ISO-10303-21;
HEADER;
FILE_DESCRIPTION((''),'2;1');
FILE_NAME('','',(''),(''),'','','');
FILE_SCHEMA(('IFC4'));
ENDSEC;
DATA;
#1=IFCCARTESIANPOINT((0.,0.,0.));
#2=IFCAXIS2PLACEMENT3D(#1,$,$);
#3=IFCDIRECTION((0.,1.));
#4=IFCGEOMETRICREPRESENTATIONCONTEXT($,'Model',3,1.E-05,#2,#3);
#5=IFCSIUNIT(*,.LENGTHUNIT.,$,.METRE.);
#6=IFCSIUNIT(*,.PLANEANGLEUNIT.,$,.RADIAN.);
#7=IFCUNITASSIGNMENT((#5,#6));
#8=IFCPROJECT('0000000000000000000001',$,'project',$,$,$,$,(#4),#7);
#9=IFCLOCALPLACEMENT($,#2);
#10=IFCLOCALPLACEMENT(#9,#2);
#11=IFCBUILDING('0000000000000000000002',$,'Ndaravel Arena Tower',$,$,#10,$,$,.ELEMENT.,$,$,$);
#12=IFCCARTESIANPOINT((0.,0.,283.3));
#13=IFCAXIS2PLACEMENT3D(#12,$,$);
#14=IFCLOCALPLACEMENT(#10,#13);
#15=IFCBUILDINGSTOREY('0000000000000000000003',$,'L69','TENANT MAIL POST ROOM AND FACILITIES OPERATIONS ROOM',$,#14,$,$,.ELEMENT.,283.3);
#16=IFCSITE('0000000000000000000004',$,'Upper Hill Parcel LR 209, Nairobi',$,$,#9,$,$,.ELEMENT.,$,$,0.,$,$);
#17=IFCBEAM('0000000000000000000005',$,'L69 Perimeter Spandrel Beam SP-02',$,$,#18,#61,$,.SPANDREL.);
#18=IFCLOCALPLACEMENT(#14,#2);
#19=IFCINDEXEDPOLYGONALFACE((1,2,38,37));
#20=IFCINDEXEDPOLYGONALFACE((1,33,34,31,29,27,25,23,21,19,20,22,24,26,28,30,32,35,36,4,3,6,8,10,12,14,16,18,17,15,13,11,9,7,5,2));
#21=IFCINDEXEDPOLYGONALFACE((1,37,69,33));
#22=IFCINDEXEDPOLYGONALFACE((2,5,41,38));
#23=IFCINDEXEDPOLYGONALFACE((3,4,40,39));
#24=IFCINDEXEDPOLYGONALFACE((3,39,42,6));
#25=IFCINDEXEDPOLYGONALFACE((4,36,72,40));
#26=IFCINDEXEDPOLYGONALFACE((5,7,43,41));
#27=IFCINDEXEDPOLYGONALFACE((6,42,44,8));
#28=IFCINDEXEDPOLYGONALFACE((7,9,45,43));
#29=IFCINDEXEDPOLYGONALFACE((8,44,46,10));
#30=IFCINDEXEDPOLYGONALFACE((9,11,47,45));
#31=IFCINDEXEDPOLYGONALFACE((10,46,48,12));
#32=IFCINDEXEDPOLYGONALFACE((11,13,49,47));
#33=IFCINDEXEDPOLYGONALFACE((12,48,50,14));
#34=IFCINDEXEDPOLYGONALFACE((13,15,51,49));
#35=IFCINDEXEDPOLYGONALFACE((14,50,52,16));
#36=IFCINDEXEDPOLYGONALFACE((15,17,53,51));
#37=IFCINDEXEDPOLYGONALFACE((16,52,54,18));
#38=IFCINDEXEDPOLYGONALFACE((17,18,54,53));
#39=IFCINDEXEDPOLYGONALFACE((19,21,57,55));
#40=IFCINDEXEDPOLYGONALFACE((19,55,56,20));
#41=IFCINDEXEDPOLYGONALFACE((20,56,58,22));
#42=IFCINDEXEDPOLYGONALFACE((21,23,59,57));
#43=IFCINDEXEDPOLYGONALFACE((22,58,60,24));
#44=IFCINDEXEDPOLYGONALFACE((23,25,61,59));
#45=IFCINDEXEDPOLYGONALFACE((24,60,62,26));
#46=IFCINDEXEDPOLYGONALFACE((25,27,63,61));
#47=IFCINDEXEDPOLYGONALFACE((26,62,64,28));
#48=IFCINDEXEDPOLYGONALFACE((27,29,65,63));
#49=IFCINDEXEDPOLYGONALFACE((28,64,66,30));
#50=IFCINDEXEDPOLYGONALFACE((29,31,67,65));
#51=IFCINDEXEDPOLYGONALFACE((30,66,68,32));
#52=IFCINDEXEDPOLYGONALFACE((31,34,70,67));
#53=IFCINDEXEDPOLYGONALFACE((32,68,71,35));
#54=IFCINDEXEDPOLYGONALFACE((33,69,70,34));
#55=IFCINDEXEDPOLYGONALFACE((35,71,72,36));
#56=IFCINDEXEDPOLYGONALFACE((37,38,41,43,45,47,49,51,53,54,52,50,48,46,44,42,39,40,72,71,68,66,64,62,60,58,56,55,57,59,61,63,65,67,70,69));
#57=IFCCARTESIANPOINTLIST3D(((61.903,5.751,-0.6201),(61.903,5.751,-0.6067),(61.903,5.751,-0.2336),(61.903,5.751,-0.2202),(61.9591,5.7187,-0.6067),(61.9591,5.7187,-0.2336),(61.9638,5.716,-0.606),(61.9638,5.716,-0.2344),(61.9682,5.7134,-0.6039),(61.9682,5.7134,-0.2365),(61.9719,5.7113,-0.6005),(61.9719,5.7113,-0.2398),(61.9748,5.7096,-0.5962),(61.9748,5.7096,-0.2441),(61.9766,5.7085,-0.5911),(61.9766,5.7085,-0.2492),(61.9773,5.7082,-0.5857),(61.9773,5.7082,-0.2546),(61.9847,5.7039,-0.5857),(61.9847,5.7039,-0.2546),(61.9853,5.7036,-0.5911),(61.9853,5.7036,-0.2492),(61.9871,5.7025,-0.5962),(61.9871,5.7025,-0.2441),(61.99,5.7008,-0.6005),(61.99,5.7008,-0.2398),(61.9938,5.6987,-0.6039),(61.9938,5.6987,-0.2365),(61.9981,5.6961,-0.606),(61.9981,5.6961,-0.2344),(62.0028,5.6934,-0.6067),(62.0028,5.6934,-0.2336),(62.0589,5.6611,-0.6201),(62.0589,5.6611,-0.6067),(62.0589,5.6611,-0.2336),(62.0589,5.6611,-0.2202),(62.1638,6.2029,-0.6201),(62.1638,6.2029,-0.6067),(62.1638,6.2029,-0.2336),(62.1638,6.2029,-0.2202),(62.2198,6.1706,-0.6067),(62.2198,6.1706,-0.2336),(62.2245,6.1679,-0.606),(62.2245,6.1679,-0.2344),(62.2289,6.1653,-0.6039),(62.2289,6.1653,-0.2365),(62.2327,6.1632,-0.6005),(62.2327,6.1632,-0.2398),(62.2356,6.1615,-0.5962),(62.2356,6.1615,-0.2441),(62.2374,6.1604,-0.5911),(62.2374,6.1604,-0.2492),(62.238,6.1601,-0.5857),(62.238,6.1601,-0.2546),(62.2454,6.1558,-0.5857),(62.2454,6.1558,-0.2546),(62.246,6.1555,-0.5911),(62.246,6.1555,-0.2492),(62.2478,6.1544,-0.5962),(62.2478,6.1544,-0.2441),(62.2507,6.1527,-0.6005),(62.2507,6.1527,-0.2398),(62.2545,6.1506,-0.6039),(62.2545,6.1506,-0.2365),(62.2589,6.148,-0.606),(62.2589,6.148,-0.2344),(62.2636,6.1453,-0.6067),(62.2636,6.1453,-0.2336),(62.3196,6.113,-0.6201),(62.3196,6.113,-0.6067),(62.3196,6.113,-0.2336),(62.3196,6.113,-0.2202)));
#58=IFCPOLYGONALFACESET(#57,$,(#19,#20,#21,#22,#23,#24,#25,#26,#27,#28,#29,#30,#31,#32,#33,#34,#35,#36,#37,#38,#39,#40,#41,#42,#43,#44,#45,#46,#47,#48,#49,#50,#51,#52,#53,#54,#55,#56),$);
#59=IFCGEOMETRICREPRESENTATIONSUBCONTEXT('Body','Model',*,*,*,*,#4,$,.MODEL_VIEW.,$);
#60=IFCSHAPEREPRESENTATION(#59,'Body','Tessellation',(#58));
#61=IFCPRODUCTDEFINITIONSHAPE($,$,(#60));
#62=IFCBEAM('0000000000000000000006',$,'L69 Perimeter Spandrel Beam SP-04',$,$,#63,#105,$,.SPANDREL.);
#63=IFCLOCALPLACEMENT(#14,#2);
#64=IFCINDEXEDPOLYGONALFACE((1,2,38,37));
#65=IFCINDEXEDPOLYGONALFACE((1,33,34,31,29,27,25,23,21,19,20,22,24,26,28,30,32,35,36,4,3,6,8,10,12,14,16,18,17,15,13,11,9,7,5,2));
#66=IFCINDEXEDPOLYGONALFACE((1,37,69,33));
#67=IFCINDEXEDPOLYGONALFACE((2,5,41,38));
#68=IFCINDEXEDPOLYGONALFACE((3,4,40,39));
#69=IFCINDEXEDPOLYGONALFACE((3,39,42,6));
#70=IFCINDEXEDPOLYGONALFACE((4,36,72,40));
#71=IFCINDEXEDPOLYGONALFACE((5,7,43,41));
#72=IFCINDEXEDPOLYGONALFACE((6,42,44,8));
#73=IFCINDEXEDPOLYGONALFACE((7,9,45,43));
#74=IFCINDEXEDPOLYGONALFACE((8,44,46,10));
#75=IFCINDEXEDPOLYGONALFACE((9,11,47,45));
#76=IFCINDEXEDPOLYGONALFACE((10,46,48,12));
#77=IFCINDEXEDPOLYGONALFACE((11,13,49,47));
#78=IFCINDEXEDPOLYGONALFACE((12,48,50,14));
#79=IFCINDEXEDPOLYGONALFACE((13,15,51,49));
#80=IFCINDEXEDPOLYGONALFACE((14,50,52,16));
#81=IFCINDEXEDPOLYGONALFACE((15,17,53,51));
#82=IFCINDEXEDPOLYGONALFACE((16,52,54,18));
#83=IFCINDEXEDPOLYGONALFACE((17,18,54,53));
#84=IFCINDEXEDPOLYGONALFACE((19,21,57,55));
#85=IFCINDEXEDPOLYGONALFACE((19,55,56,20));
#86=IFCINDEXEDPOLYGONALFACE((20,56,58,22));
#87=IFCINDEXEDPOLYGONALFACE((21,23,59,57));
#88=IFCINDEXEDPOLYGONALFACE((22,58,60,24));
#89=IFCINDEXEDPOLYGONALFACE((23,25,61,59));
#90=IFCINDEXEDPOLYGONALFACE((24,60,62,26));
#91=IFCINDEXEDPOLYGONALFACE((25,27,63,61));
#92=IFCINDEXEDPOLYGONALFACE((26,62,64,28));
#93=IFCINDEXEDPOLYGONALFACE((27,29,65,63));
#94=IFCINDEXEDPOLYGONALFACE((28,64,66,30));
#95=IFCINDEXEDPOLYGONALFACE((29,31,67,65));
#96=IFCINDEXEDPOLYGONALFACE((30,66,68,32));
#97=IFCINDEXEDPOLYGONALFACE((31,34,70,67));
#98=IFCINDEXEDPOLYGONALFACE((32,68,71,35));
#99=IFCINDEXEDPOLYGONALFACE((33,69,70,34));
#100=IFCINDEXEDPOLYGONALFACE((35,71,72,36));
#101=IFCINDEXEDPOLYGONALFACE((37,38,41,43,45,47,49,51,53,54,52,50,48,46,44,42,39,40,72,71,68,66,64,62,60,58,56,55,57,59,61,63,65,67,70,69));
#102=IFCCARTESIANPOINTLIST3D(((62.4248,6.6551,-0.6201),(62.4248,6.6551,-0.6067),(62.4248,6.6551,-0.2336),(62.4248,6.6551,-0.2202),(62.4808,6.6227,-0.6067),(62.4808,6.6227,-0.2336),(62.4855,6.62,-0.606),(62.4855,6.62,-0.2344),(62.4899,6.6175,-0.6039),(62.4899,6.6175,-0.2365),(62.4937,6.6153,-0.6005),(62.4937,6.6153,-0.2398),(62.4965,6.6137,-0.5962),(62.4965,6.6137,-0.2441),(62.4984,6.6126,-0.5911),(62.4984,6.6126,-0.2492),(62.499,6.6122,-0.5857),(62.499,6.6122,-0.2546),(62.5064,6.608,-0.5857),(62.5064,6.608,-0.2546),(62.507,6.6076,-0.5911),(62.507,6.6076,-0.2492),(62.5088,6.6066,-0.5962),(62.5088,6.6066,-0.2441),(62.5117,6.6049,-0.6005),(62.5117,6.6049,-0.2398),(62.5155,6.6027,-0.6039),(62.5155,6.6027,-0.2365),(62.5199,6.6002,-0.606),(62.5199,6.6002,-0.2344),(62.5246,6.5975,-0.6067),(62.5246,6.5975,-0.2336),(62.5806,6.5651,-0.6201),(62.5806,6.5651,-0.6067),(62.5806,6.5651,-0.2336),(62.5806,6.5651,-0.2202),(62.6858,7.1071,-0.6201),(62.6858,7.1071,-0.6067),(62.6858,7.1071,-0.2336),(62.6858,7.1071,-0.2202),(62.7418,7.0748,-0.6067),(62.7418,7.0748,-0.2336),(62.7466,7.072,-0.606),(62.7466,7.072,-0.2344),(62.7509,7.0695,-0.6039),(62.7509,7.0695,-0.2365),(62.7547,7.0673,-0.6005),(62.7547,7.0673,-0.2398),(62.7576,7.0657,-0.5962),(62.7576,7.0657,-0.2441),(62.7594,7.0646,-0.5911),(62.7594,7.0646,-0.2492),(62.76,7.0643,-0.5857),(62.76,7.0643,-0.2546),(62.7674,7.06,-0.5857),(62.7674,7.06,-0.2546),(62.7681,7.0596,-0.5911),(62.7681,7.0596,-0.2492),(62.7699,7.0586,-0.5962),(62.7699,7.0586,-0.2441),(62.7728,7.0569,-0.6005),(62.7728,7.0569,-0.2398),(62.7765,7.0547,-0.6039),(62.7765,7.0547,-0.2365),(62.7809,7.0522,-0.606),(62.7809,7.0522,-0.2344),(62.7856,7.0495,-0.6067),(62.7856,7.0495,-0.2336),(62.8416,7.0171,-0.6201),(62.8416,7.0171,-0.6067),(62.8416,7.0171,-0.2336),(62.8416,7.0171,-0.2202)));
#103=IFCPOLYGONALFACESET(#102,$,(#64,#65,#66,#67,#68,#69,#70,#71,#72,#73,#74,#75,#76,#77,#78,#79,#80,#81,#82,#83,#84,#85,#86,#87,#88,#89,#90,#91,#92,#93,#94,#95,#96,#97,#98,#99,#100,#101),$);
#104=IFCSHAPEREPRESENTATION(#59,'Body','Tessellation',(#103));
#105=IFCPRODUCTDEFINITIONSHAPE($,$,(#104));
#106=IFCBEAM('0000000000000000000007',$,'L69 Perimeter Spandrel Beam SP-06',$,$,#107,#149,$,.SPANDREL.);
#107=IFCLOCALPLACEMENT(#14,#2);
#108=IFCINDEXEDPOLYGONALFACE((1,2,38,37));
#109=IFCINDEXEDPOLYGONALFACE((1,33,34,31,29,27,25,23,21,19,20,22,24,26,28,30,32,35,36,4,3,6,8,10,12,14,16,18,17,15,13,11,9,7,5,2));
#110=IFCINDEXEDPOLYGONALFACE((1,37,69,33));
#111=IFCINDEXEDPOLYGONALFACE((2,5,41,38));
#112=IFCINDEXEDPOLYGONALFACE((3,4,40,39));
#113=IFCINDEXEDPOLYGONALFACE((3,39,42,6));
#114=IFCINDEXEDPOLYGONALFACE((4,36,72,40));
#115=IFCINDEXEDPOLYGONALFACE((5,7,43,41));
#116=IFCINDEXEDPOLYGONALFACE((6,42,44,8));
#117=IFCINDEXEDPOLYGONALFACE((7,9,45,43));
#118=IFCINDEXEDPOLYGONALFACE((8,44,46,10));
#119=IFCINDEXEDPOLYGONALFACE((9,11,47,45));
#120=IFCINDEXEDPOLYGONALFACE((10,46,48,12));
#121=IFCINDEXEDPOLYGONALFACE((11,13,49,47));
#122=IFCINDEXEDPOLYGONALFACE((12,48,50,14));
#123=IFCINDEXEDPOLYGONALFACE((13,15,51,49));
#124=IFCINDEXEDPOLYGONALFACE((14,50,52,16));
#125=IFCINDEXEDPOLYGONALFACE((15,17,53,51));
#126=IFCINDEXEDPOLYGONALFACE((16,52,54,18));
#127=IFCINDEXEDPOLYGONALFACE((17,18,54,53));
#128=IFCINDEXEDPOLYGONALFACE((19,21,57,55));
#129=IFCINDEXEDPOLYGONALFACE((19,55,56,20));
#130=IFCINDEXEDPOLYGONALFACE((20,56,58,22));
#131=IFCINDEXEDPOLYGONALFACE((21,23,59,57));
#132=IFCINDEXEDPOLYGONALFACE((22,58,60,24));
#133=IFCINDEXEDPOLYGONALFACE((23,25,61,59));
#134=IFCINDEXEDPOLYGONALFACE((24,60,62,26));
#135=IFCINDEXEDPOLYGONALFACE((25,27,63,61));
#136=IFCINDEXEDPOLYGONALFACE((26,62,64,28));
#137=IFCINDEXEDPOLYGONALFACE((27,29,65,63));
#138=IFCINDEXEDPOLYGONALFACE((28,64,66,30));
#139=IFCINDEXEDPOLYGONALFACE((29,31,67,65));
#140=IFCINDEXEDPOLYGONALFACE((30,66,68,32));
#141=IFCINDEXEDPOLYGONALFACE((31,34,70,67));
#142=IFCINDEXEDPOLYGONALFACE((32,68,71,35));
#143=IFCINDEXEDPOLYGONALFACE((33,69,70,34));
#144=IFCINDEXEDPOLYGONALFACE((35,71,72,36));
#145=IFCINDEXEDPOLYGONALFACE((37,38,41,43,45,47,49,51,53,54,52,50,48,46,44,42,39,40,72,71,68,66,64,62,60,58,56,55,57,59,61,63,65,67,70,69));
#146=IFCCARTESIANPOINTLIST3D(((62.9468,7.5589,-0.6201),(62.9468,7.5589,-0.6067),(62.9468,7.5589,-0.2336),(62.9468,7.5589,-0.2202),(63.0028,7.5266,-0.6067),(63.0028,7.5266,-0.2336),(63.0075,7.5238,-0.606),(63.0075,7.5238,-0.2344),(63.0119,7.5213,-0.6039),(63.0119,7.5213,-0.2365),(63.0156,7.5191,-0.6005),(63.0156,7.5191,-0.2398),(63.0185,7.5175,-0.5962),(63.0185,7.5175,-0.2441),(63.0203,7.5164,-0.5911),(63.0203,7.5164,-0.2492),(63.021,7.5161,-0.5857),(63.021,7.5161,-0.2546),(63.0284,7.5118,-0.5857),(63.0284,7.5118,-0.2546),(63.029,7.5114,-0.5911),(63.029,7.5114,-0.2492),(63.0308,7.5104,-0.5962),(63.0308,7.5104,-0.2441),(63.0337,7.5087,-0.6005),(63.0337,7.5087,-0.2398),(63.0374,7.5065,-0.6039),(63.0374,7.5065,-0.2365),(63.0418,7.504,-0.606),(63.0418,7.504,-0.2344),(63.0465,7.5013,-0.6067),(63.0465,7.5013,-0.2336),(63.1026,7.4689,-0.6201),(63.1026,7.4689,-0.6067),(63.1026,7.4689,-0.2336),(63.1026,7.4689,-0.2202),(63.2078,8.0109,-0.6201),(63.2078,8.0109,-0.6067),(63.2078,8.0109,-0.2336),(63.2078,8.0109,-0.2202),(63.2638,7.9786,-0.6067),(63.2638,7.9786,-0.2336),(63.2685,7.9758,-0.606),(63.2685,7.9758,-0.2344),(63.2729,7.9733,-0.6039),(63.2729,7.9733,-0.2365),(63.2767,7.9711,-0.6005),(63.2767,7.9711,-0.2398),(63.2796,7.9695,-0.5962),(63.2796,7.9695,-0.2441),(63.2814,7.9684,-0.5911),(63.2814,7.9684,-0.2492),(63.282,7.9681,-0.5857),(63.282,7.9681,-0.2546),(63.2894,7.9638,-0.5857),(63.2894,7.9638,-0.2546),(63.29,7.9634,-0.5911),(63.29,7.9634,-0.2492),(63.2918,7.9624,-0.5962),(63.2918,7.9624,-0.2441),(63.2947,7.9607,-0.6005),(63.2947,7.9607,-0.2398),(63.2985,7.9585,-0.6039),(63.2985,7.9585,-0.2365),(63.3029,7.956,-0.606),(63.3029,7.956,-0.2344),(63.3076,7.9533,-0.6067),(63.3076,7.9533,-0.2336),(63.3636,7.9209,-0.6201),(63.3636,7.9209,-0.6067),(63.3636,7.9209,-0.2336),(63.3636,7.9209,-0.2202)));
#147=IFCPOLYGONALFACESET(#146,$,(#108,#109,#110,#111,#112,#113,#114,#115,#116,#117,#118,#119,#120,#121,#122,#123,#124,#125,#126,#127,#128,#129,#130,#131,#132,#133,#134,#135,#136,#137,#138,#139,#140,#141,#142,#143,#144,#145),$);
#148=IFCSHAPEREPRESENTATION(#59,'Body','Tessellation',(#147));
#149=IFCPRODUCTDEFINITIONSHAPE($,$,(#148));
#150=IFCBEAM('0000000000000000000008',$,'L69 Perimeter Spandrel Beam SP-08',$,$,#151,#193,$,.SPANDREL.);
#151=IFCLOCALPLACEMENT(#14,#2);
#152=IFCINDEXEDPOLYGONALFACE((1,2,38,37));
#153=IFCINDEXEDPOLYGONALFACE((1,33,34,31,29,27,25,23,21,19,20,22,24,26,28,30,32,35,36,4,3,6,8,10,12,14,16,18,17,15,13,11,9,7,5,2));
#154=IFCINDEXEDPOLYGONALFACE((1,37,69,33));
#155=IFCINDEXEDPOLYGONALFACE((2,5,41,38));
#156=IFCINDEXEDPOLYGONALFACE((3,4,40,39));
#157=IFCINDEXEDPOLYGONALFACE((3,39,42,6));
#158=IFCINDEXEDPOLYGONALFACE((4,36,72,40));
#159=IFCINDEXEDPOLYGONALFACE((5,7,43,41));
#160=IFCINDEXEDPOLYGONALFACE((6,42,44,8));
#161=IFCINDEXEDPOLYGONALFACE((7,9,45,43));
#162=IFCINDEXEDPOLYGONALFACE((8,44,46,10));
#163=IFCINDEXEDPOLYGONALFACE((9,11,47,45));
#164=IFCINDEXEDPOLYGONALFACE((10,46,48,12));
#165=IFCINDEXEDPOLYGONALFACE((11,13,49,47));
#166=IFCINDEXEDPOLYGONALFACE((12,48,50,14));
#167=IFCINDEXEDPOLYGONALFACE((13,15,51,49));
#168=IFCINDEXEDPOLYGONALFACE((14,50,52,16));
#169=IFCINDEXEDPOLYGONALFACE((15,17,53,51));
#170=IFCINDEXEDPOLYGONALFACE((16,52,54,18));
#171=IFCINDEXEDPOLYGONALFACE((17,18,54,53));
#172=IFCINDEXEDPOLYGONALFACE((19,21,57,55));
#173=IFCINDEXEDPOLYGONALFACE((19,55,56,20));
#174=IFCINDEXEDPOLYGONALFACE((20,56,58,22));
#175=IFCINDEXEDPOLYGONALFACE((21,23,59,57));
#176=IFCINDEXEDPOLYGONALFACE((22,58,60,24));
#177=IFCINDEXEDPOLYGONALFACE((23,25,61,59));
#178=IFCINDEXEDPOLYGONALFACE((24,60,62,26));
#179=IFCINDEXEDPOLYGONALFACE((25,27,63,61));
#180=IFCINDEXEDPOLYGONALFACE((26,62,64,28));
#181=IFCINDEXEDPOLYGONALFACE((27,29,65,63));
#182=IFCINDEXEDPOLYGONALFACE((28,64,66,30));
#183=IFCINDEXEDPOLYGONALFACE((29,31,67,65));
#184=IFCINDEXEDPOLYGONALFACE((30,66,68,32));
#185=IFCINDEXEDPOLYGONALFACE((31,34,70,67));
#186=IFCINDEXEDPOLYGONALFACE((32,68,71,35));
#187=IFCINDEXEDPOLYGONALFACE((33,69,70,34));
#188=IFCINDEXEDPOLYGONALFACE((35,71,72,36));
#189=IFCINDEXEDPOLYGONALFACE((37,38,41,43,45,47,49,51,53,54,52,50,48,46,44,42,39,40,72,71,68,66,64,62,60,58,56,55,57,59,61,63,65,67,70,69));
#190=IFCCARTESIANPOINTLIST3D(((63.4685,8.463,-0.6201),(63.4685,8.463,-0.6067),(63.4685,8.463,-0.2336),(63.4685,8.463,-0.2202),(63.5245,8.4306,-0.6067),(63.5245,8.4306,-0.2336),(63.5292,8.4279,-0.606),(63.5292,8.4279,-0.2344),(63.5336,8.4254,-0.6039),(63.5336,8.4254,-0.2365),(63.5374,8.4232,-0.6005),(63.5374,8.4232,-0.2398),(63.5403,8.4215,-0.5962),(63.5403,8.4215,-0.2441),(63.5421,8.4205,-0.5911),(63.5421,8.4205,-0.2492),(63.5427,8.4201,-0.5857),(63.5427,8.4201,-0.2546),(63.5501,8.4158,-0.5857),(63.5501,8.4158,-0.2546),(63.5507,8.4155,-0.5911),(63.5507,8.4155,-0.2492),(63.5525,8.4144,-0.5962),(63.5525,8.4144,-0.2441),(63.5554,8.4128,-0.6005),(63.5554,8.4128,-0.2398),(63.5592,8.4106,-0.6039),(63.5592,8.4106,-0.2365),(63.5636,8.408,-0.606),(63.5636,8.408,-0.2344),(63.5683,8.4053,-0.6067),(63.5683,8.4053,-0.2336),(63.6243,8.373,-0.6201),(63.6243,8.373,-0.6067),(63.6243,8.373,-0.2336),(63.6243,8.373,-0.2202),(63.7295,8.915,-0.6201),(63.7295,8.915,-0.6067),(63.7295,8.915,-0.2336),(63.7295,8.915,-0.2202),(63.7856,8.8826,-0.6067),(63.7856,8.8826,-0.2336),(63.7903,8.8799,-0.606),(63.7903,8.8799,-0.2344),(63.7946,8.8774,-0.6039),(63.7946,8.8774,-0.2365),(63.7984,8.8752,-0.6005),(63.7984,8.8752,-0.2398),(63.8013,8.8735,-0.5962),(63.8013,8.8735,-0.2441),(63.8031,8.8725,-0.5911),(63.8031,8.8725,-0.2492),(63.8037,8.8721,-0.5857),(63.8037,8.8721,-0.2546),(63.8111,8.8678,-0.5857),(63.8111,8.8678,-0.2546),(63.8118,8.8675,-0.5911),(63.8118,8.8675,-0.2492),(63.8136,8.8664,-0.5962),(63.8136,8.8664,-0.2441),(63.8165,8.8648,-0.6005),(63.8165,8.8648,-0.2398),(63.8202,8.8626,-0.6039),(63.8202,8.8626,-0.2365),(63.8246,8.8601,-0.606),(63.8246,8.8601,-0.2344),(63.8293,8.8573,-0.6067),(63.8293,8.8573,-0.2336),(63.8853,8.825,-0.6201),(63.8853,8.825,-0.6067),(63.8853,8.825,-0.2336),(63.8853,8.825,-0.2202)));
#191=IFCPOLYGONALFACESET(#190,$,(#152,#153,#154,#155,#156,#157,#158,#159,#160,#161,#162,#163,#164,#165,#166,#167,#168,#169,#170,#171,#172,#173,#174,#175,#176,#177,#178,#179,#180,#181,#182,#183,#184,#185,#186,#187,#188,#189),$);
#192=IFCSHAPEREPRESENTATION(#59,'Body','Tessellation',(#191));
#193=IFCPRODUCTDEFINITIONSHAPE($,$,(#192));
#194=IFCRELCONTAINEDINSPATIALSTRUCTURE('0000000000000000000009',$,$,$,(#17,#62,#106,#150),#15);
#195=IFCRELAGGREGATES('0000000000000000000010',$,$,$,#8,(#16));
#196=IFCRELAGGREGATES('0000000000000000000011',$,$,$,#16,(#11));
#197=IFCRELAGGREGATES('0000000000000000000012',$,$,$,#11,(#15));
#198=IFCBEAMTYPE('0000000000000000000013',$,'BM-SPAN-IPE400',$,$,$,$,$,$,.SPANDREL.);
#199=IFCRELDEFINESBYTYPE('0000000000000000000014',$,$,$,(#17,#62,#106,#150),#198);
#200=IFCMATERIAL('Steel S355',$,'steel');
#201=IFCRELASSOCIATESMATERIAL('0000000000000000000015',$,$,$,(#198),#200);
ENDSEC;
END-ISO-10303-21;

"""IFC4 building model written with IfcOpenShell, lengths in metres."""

from ifc_helpers import new_model, si_unit, direction, frame, origin, origin_2d, place, context, subcontext, project, spatial, i_section, extrude, material, material_profile, profile_set, type_object, element, save


model = new_model("IFC4")

# Units and contexts
model_context = context("Model", 3, precision=1e-05, world=origin(), true_north=direction((0.0, 1.0)))
body_context = subcontext(model_context, "Body", "Model", "MODEL_VIEW")
ifc_project = project(units=[si_unit("LENGTHUNIT", "METRE"), si_unit("PLANEANGLEUNIT", "RADIAN")], contexts=[model_context])

# Site, building, storey
site_placement = place(None, origin())
site = spatial("IfcSite", under=ifc_project, at=site_placement, Name="Upper Hill Parcel LR 209, Nairobi", CompositionType="ELEMENT", RefElevation=0.0)
building_placement = place(site_placement, origin())
building = spatial("IfcBuilding", under=site, at=building_placement, Name="Ndaravel Arena Tower", CompositionType="ELEMENT")
storey_placement = place(building_placement, frame((0.0, 0.0, 283.3)))
storey = spatial("IfcBuildingStorey", under=building, at=storey_placement, Name="L69", Description="TENANT MAIL POST ROOM AND FACILITIES OPERATIONS ROOM", CompositionType="ELEMENT", Elevation=283.3)

# Beams
ifc_material_1 = material(Name="Steel S355", Category="steel")
ifc_material_profile_1 = material_profile(ifc_material_1, i_section(OverallWidth=0.1799, OverallDepth=0.3999, WebThickness=0.0085, FlangeThickness=0.0134, FilletRadius=0.021, at=origin_2d()), Name="IPE 400")
ifc_profile_set_1 = profile_set([ifc_material_profile_1], Name="Steel S355")
beam_type = type_object("IfcBeamType", Name="BM-SPAN-IPE400", PredefinedType="SPANDREL", material=ifc_profile_set_1)
beam_1_placement = place(storey_placement, frame((61.981, 5.7061, -0.4202), z_axis=(0.499763, 0.866162, 0.0), x_axis=(-0.866162, 0.499763, 0.0)))
element("IfcBeam", 1, at=beam_1_placement, inside=storey, type_object=beam_type, Name="L69 Perimeter Spandrel Beam SP-02", PredefinedType="SPANDREL", context=body_context, shape_type="SweptSolid", body=[
    extrude(i_section(OverallWidth=0.1799, OverallDepth=0.3999, WebThickness=0.0085, FlangeThickness=0.0134, FilletRadius=0.021, at=origin_2d()), origin(), (0.0, 0.0, 1.0), 0.5217),
])
for number, where, z_axis, x_axis, name in (
    (2, (62.5027, 6.6101, -0.4202), (0.500114, 0.86596, 0.0), (-0.86596, 0.500114, 0.0), "L69 Perimeter Spandrel Beam SP-04"),
    (3, (63.0247, 7.5139, -0.4202), (0.500114, 0.86596, 0.0), (-0.86596, 0.500114, 0.0), "L69 Perimeter Spandrel Beam SP-06"),
    (4, (63.5464, 8.418, -0.4202), (0.500114, 0.86596, 0.0), (-0.86596, 0.500114, 0.0), "L69 Perimeter Spandrel Beam SP-08"),
):
    element("IfcBeam", number, at=place(storey_placement, frame(where, z_axis=z_axis, x_axis=x_axis)), inside=storey, type_object=beam_type, Name=name, PredefinedType="SPANDREL", context=body_context, shape_type="SweptSolid", body=[
        extrude(i_section(OverallWidth=0.1799, OverallDepth=0.3999, WebThickness=0.0085, FlangeThickness=0.0134, FilletRadius=0.021, at=origin_2d()), origin(), (0.0, 0.0, 1.0), 0.522),
    ])

save(model, "model.ifc")
